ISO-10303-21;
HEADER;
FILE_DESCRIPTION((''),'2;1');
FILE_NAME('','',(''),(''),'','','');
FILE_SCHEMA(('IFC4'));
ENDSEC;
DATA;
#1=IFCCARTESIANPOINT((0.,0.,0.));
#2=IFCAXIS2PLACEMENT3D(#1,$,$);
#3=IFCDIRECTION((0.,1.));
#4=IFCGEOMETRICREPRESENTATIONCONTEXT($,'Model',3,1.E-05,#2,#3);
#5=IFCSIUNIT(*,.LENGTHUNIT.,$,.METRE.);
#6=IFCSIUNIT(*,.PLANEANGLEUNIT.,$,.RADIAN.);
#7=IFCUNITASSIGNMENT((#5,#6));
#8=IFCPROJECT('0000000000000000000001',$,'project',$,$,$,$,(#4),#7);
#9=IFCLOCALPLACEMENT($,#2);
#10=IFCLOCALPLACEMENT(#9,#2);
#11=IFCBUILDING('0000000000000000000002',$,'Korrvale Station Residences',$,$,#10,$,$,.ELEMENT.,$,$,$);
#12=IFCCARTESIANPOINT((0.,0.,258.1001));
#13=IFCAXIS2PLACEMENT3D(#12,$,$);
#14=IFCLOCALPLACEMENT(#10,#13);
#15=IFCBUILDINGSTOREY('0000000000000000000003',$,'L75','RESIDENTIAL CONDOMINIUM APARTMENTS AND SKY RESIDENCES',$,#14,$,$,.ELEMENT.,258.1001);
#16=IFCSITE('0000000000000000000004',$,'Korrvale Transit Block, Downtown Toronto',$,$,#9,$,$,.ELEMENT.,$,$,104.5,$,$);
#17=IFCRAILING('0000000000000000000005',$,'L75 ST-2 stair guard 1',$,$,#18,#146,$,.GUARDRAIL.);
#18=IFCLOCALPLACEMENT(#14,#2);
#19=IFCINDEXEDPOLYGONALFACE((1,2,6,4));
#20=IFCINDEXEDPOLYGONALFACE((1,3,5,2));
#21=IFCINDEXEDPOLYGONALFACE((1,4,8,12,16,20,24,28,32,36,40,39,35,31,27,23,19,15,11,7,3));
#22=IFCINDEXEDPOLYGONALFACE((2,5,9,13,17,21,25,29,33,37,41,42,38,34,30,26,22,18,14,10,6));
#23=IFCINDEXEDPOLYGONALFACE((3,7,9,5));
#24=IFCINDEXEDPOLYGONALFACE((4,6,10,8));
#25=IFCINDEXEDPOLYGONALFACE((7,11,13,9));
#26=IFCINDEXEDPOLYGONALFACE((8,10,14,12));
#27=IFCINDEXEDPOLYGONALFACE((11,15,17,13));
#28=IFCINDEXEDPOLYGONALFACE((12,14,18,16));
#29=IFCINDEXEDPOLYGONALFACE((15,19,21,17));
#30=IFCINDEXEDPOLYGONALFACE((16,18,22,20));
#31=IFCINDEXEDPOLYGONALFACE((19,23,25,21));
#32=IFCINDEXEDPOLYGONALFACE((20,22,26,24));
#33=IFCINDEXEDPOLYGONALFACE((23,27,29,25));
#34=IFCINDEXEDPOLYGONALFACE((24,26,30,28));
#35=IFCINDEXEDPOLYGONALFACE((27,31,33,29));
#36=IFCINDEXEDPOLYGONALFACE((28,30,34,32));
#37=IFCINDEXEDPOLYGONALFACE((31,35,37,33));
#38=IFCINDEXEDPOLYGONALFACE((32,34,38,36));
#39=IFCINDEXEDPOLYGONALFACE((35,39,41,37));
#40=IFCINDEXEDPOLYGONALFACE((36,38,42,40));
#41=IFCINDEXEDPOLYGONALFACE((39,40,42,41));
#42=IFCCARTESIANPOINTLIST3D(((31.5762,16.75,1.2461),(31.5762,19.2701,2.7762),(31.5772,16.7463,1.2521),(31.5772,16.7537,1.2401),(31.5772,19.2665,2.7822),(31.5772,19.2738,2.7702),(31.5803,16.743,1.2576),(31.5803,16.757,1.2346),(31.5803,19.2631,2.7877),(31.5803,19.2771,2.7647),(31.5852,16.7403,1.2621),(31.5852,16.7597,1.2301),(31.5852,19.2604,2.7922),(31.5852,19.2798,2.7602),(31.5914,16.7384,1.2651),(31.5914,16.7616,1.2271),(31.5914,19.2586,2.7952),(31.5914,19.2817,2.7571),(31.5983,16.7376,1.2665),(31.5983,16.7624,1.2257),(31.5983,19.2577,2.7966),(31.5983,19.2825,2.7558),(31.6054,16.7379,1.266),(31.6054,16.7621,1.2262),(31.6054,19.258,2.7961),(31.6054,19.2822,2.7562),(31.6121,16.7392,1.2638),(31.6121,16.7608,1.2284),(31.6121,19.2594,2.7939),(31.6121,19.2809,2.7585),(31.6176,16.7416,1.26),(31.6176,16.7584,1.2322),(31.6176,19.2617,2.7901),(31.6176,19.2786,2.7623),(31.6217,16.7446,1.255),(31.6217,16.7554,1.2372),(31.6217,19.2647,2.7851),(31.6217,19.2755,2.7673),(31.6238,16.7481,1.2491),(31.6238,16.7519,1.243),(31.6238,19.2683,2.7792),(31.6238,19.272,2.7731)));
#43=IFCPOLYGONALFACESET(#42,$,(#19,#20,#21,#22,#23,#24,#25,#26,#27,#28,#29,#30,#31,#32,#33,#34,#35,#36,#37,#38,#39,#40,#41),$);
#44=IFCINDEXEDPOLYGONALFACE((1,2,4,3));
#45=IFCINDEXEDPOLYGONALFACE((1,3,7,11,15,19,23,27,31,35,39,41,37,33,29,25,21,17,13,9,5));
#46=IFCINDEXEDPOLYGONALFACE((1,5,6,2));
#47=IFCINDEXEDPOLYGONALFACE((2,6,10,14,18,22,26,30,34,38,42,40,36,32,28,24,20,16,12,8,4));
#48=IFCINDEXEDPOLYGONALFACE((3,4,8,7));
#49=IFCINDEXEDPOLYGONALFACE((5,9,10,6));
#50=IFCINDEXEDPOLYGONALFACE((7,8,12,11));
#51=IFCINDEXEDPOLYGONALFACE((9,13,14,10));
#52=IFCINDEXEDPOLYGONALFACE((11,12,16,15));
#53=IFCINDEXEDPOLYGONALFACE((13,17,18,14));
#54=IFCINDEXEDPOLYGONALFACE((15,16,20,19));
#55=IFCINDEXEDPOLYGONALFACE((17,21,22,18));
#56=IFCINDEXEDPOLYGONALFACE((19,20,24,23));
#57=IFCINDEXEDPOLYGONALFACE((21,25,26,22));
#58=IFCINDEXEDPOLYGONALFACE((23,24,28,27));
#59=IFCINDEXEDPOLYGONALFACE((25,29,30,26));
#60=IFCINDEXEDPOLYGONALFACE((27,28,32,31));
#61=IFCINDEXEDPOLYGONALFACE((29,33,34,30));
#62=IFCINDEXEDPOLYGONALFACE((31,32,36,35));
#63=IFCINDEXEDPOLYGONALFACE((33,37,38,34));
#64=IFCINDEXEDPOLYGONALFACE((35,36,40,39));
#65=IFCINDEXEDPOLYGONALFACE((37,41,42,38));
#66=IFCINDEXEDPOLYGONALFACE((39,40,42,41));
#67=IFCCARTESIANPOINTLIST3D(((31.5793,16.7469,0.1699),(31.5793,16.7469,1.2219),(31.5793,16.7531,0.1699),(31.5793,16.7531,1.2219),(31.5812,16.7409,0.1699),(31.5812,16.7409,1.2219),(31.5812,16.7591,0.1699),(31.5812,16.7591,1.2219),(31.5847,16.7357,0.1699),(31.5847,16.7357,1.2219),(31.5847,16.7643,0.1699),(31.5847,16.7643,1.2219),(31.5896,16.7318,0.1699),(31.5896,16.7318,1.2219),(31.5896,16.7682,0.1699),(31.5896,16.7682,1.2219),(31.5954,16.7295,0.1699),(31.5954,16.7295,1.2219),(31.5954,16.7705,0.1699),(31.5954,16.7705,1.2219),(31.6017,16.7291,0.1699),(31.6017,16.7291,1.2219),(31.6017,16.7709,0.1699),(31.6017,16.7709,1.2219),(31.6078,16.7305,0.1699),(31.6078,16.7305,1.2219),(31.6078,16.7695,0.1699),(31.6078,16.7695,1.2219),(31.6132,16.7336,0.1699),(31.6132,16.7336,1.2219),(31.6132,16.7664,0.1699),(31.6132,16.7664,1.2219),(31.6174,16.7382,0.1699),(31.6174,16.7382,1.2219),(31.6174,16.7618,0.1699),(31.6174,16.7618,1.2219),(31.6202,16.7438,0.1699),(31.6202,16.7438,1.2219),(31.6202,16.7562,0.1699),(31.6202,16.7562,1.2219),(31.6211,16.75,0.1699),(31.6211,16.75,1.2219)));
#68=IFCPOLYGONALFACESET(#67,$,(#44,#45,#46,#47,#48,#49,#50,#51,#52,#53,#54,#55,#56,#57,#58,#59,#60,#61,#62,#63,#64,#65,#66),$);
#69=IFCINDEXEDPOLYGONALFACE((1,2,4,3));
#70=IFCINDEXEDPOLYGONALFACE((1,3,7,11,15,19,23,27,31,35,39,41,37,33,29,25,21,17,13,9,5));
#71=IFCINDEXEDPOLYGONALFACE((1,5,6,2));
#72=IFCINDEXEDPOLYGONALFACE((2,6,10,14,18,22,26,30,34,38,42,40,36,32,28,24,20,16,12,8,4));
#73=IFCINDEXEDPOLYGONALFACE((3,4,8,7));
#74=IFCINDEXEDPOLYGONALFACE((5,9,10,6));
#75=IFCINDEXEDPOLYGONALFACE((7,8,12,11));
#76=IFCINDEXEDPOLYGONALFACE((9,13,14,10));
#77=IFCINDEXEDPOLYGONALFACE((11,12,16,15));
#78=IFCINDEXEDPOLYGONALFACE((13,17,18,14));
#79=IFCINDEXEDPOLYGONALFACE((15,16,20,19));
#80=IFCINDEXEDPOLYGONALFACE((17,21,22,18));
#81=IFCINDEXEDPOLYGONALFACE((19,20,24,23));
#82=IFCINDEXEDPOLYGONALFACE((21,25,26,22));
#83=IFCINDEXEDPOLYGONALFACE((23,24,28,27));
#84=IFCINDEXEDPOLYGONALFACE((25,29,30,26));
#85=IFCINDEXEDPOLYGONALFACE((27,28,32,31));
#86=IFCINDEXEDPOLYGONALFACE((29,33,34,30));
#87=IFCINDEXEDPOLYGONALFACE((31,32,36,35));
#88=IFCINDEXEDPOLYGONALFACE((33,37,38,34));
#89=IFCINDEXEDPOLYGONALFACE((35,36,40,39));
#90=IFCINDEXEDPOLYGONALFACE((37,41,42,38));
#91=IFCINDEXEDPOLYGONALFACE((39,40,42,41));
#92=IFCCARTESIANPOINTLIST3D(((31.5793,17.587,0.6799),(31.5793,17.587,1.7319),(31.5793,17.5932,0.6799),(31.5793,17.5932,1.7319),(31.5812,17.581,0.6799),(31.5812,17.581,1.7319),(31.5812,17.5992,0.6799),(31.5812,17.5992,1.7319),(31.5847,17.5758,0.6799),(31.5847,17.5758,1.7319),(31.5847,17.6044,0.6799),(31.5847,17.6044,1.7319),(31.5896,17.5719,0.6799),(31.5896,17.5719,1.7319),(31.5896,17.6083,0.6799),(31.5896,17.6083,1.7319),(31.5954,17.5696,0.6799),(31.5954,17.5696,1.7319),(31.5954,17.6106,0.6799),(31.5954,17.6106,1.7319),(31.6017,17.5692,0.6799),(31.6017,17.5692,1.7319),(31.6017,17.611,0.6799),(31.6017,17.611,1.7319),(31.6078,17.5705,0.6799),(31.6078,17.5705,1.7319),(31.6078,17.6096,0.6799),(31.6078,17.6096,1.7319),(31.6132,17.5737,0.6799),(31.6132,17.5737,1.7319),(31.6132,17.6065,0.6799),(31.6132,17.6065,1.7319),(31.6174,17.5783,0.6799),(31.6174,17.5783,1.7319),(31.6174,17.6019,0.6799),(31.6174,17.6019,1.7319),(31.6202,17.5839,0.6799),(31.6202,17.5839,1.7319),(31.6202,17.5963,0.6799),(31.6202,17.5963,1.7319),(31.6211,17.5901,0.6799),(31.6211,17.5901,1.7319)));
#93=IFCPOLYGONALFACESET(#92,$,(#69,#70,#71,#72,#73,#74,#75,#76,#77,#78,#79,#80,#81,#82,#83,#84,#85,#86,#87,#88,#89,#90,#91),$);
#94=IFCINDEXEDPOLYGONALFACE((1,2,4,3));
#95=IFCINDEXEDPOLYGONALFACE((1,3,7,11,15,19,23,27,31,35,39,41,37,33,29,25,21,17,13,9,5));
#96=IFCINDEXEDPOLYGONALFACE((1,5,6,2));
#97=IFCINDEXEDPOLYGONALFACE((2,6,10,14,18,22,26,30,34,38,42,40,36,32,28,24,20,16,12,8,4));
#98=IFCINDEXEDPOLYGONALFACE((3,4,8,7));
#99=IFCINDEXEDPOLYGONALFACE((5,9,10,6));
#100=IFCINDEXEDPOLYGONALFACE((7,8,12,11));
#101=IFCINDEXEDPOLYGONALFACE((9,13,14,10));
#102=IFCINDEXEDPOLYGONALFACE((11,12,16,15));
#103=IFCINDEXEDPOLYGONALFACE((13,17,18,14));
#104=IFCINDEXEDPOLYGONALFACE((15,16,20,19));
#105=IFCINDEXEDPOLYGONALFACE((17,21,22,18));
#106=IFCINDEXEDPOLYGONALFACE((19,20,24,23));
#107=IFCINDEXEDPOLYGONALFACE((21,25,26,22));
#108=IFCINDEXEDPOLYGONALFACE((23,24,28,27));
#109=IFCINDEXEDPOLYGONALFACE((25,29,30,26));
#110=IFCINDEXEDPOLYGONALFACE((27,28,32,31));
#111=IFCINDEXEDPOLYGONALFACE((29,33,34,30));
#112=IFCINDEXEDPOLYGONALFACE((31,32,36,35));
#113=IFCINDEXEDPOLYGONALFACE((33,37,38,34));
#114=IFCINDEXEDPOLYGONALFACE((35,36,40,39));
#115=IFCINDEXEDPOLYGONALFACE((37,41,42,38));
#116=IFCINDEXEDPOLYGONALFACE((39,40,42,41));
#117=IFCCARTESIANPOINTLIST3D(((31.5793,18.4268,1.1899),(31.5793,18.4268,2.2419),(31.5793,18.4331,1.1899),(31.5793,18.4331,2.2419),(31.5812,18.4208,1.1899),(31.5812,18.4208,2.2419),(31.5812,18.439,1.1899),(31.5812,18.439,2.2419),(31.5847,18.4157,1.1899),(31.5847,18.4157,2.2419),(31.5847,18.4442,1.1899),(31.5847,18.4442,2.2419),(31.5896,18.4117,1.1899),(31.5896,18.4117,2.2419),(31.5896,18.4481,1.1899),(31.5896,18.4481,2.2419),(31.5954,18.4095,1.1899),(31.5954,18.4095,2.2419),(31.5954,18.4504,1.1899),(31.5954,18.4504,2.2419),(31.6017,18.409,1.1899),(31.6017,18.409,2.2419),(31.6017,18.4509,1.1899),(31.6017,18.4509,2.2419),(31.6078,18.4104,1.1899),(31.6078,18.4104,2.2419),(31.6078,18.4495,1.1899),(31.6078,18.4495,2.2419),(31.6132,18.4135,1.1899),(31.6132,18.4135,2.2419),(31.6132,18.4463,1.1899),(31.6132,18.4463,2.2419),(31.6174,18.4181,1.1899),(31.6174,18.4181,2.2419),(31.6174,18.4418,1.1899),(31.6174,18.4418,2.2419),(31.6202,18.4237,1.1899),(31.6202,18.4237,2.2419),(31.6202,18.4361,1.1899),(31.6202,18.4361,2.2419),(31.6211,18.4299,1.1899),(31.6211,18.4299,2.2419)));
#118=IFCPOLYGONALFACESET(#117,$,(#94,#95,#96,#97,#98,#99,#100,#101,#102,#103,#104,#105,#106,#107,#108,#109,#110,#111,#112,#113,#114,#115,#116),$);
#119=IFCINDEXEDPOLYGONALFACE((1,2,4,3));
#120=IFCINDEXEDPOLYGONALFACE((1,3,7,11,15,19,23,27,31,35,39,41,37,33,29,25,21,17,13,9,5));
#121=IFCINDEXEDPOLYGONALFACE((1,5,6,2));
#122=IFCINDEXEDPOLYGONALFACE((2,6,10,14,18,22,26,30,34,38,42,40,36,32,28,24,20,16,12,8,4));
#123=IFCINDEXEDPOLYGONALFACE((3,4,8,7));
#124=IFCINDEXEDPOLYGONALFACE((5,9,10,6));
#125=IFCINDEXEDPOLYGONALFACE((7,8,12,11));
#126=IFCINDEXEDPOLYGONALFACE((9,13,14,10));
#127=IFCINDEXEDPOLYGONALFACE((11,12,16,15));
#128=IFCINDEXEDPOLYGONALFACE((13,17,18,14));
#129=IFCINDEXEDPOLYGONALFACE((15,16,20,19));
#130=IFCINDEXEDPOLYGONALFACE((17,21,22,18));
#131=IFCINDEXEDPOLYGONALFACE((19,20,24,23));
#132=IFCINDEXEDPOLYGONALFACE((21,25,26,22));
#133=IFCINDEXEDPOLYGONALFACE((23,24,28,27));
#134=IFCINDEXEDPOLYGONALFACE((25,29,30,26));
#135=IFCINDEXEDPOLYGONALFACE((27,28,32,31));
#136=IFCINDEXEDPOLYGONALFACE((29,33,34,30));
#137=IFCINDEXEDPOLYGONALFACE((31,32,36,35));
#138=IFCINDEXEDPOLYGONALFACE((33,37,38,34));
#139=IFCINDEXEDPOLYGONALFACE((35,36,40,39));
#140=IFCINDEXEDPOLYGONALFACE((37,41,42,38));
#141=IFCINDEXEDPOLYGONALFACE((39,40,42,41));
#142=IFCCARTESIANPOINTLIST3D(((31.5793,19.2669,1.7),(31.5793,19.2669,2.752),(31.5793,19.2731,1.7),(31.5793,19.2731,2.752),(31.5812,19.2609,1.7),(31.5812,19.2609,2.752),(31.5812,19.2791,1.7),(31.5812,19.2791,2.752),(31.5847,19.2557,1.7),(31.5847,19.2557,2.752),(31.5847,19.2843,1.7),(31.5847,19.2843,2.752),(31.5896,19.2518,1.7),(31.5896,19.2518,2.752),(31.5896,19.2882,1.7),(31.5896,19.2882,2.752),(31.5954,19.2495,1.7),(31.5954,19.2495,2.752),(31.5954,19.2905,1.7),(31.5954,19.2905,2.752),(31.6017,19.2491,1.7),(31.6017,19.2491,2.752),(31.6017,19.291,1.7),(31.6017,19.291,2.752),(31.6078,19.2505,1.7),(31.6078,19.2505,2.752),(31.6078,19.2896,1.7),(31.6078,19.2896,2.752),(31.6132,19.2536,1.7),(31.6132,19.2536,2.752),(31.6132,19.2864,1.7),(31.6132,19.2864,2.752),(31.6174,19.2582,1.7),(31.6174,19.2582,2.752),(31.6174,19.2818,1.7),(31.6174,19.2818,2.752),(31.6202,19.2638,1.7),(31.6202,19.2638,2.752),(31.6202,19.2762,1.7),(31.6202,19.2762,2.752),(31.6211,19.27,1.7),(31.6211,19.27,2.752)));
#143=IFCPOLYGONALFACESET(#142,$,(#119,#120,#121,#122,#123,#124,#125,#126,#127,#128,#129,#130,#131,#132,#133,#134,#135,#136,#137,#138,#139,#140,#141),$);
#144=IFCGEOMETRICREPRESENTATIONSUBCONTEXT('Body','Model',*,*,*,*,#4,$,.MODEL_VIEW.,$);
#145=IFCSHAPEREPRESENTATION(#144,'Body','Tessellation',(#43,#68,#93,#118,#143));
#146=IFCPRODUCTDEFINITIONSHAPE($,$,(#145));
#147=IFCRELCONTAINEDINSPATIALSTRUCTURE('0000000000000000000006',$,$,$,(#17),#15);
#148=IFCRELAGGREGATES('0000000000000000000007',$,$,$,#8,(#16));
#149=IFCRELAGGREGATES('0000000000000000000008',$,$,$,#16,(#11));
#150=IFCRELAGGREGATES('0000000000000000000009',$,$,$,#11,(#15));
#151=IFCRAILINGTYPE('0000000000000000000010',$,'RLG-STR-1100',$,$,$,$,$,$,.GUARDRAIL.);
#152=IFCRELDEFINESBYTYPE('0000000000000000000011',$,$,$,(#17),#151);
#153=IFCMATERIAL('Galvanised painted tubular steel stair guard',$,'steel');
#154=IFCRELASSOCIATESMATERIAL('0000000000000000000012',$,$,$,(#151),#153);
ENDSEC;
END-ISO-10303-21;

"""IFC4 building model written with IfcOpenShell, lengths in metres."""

from ifc_helpers import new_model, si_unit, direction, frame, origin, origin_2d, place, context, subcontext, project, spatial, circle, extrude, material, type_object, element, save


model = new_model("IFC4")

# Units and contexts
model_context = context("Model", 3, precision=1e-05, world=origin(), true_north=direction((0.0, 1.0)))
body_context = subcontext(model_context, "Body", "Model", "MODEL_VIEW")
ifc_project = project(units=[si_unit("LENGTHUNIT", "METRE"), si_unit("PLANEANGLEUNIT", "RADIAN")], contexts=[model_context])

# Site, building, storey
site_placement = place(None, origin())
site = spatial("IfcSite", under=ifc_project, at=site_placement, Name="Korrvale Transit Block, Downtown Toronto", CompositionType="ELEMENT", RefElevation=104.5)
building_placement = place(site_placement, origin())
building = spatial("IfcBuilding", under=site, at=building_placement, Name="Korrvale Station Residences", CompositionType="ELEMENT")
storey_placement = place(building_placement, frame((0.0, 0.0, 258.1001)))
storey = spatial("IfcBuildingStorey", under=building, at=storey_placement, Name="L75", Description="RESIDENTIAL CONDOMINIUM APARTMENTS AND SKY RESIDENCES", CompositionType="ELEMENT", Elevation=258.1001)

# Railing
ifc_material_1 = material(Name="Galvanised painted tubular steel stair guard", Category="steel")
railing_type_1 = type_object("IfcRailingType", Name="RLG-STR-1100", PredefinedType="GUARDRAIL", material=ifc_material_1)
railing_1_placement = place(storey_placement, frame((31.6001, 16.75, 0.1699)))
element("IfcRailing", 1, at=railing_1_placement, inside=storey, type_object=railing_type_1, Name="L75 ST-2 stair guard 1", PredefinedType="GUARDRAIL", context=body_context, shape_type="SweptSolid", body=[
    extrude(circle(Radius=0.0239, at=origin_2d()), frame((0.0, 0.0, 1.0762), z_axis=(0.0, 0.854785, 0.518982), x_axis=(-1.0, 0.0, 0.0)), (0.0, 0.0, 1.0), 2.9482),
    extrude(circle(Radius=0.021, at=origin_2d()), origin(), (0.0, 0.0, 1.0), 1.052),
    extrude(circle(Radius=0.021, at=origin_2d()), frame((0.0, 0.8401, 0.51)), (0.0, 0.0, 1.0), 1.052),
    extrude(circle(Radius=0.021, at=origin_2d()), frame((0.0, 1.6799, 1.02)), (0.0, 0.0, 1.0), 1.052),
    extrude(circle(Radius=0.021, at=origin_2d()), frame((0.0, 2.52, 1.53)), (0.0, 0.0, 1.0), 1.052),
])

save(model, "model.ifc")
